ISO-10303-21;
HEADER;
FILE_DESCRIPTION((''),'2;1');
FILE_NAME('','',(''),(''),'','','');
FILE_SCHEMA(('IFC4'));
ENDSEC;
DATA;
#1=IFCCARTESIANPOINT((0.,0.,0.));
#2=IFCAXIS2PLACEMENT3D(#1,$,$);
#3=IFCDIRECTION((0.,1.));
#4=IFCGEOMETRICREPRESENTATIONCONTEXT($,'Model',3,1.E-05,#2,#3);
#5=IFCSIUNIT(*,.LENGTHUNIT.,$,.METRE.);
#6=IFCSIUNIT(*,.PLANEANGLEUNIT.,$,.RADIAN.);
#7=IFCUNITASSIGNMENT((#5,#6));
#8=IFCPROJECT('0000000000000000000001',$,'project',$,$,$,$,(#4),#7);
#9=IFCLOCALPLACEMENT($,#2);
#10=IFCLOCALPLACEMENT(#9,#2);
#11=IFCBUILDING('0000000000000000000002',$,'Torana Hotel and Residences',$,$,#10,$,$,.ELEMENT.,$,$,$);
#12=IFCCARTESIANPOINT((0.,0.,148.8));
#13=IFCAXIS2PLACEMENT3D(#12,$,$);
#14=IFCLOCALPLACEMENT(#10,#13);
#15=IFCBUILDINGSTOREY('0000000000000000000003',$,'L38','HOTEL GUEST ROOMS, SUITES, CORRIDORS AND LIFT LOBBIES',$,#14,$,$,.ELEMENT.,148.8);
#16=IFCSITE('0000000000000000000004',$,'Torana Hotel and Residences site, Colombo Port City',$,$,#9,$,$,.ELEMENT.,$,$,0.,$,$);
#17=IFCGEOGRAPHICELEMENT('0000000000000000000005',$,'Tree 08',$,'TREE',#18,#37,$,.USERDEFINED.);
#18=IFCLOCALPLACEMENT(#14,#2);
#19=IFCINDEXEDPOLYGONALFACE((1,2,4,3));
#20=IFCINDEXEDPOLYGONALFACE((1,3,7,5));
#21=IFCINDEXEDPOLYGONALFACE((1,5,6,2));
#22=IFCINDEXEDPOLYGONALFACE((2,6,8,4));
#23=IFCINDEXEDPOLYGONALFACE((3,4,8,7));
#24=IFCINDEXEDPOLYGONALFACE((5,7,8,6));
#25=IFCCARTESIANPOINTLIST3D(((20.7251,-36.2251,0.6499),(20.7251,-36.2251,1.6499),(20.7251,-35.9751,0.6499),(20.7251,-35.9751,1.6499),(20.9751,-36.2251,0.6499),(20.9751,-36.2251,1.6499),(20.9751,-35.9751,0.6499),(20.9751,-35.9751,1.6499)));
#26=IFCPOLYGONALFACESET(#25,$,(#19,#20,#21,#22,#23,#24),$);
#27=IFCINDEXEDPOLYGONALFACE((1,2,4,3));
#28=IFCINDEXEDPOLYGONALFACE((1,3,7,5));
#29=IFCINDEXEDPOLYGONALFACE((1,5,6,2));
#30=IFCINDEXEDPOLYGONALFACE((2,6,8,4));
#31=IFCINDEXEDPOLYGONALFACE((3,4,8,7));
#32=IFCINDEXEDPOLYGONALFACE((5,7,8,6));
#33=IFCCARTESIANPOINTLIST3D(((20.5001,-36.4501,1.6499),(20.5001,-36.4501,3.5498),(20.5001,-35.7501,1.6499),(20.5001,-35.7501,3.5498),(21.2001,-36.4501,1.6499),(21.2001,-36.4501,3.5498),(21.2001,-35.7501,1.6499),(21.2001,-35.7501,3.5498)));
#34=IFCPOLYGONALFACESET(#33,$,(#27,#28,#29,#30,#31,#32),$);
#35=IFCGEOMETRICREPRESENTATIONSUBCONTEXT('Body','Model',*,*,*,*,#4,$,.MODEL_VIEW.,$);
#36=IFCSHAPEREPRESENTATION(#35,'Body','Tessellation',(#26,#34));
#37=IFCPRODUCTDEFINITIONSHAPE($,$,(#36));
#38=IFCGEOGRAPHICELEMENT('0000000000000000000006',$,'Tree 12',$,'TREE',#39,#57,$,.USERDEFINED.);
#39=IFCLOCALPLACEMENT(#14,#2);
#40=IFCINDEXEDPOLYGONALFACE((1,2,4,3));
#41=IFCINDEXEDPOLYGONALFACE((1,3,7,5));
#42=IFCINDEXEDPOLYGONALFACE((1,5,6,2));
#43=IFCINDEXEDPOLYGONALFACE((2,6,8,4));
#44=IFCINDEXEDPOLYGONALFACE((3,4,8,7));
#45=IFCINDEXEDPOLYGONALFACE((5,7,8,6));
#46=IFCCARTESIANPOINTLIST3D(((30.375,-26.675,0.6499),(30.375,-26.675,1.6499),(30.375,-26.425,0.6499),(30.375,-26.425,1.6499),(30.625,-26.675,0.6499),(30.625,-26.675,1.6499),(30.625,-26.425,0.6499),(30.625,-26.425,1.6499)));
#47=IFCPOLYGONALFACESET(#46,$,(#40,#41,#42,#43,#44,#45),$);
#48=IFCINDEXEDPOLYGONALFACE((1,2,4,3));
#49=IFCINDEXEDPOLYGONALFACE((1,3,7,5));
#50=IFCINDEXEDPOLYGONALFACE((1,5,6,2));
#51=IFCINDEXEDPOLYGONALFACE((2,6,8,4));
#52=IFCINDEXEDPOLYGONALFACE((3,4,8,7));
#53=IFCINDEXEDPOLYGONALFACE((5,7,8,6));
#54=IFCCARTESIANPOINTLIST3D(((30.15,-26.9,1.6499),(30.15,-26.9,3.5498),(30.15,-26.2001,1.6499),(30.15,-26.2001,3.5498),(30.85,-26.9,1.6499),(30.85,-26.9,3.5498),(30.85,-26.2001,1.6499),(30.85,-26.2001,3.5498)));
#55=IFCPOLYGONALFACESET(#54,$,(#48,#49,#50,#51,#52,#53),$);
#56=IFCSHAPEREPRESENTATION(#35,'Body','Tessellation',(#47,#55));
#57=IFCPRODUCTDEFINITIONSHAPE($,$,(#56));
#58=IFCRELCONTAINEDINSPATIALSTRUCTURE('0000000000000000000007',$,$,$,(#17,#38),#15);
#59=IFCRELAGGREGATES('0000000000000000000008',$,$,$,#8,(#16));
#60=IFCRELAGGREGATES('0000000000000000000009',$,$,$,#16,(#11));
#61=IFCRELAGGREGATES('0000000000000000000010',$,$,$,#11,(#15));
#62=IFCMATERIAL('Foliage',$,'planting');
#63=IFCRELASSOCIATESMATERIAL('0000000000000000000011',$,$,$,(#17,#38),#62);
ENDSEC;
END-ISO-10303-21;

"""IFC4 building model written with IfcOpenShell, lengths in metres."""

from ifc_helpers import new_model, si_unit, direction, frame, origin, origin_2d, place, context, subcontext, project, spatial, rectangle, extrude, material, element, save


model = new_model("IFC4")

# Units and contexts
model_context = context("Model", 3, precision=1e-05, world=origin(), true_north=direction((0.0, 1.0)))
body_context = subcontext(model_context, "Body", "Model", "MODEL_VIEW")
ifc_project = project(units=[si_unit("LENGTHUNIT", "METRE"), si_unit("PLANEANGLEUNIT", "RADIAN")], contexts=[model_context])

# Site, building, storey
site_placement = place(None, origin())
site = spatial("IfcSite", under=ifc_project, at=site_placement, Name="Torana Hotel and Residences site, Colombo Port City", CompositionType="ELEMENT", RefElevation=0.0)
building_placement = place(site_placement, origin())
building = spatial("IfcBuilding", under=site, at=building_placement, Name="Torana Hotel and Residences", CompositionType="ELEMENT")
storey_placement = place(building_placement, frame((0.0, 0.0, 148.8)))
storey = spatial("IfcBuildingStorey", under=building, at=storey_placement, Name="L38", Description="HOTEL GUEST ROOMS, SUITES, CORRIDORS AND LIFT LOBBIES", CompositionType="ELEMENT", Elevation=148.8)

# Geographic elements
ifc_material_1 = material(Name="Foliage", Category="planting")
for number, where, z_axis, x_axis, name in (
    (1, (20.8501, -36.1001, 0.6499), (0.0, 0.0, 1.0), (1.0, 0.0, 0.0), "Tree 08"),
    (2, (30.5, -26.55, 0.6499), (0.0, 0.0, 1.0), (1.0, 0.0, 0.0), "Tree 12"),
):
    element("IfcGeographicElement", number, at=place(storey_placement, frame(where, z_axis=z_axis, x_axis=x_axis)), inside=storey, material=ifc_material_1, Name=name, ObjectType="TREE", PredefinedType="USERDEFINED", context=body_context, shape_type="SweptSolid", body=[
        extrude(rectangle(XDim=0.25, YDim=0.25, at=origin_2d()), origin(), (0.0, 0.0, 1.0), 1.0),
        extrude(rectangle(XDim=0.7, YDim=0.7, at=origin_2d()), frame((0.0, 0.0, 1.0)), (0.0, 0.0, 1.0), 1.8999),
    ])

save(model, "model.ifc")
